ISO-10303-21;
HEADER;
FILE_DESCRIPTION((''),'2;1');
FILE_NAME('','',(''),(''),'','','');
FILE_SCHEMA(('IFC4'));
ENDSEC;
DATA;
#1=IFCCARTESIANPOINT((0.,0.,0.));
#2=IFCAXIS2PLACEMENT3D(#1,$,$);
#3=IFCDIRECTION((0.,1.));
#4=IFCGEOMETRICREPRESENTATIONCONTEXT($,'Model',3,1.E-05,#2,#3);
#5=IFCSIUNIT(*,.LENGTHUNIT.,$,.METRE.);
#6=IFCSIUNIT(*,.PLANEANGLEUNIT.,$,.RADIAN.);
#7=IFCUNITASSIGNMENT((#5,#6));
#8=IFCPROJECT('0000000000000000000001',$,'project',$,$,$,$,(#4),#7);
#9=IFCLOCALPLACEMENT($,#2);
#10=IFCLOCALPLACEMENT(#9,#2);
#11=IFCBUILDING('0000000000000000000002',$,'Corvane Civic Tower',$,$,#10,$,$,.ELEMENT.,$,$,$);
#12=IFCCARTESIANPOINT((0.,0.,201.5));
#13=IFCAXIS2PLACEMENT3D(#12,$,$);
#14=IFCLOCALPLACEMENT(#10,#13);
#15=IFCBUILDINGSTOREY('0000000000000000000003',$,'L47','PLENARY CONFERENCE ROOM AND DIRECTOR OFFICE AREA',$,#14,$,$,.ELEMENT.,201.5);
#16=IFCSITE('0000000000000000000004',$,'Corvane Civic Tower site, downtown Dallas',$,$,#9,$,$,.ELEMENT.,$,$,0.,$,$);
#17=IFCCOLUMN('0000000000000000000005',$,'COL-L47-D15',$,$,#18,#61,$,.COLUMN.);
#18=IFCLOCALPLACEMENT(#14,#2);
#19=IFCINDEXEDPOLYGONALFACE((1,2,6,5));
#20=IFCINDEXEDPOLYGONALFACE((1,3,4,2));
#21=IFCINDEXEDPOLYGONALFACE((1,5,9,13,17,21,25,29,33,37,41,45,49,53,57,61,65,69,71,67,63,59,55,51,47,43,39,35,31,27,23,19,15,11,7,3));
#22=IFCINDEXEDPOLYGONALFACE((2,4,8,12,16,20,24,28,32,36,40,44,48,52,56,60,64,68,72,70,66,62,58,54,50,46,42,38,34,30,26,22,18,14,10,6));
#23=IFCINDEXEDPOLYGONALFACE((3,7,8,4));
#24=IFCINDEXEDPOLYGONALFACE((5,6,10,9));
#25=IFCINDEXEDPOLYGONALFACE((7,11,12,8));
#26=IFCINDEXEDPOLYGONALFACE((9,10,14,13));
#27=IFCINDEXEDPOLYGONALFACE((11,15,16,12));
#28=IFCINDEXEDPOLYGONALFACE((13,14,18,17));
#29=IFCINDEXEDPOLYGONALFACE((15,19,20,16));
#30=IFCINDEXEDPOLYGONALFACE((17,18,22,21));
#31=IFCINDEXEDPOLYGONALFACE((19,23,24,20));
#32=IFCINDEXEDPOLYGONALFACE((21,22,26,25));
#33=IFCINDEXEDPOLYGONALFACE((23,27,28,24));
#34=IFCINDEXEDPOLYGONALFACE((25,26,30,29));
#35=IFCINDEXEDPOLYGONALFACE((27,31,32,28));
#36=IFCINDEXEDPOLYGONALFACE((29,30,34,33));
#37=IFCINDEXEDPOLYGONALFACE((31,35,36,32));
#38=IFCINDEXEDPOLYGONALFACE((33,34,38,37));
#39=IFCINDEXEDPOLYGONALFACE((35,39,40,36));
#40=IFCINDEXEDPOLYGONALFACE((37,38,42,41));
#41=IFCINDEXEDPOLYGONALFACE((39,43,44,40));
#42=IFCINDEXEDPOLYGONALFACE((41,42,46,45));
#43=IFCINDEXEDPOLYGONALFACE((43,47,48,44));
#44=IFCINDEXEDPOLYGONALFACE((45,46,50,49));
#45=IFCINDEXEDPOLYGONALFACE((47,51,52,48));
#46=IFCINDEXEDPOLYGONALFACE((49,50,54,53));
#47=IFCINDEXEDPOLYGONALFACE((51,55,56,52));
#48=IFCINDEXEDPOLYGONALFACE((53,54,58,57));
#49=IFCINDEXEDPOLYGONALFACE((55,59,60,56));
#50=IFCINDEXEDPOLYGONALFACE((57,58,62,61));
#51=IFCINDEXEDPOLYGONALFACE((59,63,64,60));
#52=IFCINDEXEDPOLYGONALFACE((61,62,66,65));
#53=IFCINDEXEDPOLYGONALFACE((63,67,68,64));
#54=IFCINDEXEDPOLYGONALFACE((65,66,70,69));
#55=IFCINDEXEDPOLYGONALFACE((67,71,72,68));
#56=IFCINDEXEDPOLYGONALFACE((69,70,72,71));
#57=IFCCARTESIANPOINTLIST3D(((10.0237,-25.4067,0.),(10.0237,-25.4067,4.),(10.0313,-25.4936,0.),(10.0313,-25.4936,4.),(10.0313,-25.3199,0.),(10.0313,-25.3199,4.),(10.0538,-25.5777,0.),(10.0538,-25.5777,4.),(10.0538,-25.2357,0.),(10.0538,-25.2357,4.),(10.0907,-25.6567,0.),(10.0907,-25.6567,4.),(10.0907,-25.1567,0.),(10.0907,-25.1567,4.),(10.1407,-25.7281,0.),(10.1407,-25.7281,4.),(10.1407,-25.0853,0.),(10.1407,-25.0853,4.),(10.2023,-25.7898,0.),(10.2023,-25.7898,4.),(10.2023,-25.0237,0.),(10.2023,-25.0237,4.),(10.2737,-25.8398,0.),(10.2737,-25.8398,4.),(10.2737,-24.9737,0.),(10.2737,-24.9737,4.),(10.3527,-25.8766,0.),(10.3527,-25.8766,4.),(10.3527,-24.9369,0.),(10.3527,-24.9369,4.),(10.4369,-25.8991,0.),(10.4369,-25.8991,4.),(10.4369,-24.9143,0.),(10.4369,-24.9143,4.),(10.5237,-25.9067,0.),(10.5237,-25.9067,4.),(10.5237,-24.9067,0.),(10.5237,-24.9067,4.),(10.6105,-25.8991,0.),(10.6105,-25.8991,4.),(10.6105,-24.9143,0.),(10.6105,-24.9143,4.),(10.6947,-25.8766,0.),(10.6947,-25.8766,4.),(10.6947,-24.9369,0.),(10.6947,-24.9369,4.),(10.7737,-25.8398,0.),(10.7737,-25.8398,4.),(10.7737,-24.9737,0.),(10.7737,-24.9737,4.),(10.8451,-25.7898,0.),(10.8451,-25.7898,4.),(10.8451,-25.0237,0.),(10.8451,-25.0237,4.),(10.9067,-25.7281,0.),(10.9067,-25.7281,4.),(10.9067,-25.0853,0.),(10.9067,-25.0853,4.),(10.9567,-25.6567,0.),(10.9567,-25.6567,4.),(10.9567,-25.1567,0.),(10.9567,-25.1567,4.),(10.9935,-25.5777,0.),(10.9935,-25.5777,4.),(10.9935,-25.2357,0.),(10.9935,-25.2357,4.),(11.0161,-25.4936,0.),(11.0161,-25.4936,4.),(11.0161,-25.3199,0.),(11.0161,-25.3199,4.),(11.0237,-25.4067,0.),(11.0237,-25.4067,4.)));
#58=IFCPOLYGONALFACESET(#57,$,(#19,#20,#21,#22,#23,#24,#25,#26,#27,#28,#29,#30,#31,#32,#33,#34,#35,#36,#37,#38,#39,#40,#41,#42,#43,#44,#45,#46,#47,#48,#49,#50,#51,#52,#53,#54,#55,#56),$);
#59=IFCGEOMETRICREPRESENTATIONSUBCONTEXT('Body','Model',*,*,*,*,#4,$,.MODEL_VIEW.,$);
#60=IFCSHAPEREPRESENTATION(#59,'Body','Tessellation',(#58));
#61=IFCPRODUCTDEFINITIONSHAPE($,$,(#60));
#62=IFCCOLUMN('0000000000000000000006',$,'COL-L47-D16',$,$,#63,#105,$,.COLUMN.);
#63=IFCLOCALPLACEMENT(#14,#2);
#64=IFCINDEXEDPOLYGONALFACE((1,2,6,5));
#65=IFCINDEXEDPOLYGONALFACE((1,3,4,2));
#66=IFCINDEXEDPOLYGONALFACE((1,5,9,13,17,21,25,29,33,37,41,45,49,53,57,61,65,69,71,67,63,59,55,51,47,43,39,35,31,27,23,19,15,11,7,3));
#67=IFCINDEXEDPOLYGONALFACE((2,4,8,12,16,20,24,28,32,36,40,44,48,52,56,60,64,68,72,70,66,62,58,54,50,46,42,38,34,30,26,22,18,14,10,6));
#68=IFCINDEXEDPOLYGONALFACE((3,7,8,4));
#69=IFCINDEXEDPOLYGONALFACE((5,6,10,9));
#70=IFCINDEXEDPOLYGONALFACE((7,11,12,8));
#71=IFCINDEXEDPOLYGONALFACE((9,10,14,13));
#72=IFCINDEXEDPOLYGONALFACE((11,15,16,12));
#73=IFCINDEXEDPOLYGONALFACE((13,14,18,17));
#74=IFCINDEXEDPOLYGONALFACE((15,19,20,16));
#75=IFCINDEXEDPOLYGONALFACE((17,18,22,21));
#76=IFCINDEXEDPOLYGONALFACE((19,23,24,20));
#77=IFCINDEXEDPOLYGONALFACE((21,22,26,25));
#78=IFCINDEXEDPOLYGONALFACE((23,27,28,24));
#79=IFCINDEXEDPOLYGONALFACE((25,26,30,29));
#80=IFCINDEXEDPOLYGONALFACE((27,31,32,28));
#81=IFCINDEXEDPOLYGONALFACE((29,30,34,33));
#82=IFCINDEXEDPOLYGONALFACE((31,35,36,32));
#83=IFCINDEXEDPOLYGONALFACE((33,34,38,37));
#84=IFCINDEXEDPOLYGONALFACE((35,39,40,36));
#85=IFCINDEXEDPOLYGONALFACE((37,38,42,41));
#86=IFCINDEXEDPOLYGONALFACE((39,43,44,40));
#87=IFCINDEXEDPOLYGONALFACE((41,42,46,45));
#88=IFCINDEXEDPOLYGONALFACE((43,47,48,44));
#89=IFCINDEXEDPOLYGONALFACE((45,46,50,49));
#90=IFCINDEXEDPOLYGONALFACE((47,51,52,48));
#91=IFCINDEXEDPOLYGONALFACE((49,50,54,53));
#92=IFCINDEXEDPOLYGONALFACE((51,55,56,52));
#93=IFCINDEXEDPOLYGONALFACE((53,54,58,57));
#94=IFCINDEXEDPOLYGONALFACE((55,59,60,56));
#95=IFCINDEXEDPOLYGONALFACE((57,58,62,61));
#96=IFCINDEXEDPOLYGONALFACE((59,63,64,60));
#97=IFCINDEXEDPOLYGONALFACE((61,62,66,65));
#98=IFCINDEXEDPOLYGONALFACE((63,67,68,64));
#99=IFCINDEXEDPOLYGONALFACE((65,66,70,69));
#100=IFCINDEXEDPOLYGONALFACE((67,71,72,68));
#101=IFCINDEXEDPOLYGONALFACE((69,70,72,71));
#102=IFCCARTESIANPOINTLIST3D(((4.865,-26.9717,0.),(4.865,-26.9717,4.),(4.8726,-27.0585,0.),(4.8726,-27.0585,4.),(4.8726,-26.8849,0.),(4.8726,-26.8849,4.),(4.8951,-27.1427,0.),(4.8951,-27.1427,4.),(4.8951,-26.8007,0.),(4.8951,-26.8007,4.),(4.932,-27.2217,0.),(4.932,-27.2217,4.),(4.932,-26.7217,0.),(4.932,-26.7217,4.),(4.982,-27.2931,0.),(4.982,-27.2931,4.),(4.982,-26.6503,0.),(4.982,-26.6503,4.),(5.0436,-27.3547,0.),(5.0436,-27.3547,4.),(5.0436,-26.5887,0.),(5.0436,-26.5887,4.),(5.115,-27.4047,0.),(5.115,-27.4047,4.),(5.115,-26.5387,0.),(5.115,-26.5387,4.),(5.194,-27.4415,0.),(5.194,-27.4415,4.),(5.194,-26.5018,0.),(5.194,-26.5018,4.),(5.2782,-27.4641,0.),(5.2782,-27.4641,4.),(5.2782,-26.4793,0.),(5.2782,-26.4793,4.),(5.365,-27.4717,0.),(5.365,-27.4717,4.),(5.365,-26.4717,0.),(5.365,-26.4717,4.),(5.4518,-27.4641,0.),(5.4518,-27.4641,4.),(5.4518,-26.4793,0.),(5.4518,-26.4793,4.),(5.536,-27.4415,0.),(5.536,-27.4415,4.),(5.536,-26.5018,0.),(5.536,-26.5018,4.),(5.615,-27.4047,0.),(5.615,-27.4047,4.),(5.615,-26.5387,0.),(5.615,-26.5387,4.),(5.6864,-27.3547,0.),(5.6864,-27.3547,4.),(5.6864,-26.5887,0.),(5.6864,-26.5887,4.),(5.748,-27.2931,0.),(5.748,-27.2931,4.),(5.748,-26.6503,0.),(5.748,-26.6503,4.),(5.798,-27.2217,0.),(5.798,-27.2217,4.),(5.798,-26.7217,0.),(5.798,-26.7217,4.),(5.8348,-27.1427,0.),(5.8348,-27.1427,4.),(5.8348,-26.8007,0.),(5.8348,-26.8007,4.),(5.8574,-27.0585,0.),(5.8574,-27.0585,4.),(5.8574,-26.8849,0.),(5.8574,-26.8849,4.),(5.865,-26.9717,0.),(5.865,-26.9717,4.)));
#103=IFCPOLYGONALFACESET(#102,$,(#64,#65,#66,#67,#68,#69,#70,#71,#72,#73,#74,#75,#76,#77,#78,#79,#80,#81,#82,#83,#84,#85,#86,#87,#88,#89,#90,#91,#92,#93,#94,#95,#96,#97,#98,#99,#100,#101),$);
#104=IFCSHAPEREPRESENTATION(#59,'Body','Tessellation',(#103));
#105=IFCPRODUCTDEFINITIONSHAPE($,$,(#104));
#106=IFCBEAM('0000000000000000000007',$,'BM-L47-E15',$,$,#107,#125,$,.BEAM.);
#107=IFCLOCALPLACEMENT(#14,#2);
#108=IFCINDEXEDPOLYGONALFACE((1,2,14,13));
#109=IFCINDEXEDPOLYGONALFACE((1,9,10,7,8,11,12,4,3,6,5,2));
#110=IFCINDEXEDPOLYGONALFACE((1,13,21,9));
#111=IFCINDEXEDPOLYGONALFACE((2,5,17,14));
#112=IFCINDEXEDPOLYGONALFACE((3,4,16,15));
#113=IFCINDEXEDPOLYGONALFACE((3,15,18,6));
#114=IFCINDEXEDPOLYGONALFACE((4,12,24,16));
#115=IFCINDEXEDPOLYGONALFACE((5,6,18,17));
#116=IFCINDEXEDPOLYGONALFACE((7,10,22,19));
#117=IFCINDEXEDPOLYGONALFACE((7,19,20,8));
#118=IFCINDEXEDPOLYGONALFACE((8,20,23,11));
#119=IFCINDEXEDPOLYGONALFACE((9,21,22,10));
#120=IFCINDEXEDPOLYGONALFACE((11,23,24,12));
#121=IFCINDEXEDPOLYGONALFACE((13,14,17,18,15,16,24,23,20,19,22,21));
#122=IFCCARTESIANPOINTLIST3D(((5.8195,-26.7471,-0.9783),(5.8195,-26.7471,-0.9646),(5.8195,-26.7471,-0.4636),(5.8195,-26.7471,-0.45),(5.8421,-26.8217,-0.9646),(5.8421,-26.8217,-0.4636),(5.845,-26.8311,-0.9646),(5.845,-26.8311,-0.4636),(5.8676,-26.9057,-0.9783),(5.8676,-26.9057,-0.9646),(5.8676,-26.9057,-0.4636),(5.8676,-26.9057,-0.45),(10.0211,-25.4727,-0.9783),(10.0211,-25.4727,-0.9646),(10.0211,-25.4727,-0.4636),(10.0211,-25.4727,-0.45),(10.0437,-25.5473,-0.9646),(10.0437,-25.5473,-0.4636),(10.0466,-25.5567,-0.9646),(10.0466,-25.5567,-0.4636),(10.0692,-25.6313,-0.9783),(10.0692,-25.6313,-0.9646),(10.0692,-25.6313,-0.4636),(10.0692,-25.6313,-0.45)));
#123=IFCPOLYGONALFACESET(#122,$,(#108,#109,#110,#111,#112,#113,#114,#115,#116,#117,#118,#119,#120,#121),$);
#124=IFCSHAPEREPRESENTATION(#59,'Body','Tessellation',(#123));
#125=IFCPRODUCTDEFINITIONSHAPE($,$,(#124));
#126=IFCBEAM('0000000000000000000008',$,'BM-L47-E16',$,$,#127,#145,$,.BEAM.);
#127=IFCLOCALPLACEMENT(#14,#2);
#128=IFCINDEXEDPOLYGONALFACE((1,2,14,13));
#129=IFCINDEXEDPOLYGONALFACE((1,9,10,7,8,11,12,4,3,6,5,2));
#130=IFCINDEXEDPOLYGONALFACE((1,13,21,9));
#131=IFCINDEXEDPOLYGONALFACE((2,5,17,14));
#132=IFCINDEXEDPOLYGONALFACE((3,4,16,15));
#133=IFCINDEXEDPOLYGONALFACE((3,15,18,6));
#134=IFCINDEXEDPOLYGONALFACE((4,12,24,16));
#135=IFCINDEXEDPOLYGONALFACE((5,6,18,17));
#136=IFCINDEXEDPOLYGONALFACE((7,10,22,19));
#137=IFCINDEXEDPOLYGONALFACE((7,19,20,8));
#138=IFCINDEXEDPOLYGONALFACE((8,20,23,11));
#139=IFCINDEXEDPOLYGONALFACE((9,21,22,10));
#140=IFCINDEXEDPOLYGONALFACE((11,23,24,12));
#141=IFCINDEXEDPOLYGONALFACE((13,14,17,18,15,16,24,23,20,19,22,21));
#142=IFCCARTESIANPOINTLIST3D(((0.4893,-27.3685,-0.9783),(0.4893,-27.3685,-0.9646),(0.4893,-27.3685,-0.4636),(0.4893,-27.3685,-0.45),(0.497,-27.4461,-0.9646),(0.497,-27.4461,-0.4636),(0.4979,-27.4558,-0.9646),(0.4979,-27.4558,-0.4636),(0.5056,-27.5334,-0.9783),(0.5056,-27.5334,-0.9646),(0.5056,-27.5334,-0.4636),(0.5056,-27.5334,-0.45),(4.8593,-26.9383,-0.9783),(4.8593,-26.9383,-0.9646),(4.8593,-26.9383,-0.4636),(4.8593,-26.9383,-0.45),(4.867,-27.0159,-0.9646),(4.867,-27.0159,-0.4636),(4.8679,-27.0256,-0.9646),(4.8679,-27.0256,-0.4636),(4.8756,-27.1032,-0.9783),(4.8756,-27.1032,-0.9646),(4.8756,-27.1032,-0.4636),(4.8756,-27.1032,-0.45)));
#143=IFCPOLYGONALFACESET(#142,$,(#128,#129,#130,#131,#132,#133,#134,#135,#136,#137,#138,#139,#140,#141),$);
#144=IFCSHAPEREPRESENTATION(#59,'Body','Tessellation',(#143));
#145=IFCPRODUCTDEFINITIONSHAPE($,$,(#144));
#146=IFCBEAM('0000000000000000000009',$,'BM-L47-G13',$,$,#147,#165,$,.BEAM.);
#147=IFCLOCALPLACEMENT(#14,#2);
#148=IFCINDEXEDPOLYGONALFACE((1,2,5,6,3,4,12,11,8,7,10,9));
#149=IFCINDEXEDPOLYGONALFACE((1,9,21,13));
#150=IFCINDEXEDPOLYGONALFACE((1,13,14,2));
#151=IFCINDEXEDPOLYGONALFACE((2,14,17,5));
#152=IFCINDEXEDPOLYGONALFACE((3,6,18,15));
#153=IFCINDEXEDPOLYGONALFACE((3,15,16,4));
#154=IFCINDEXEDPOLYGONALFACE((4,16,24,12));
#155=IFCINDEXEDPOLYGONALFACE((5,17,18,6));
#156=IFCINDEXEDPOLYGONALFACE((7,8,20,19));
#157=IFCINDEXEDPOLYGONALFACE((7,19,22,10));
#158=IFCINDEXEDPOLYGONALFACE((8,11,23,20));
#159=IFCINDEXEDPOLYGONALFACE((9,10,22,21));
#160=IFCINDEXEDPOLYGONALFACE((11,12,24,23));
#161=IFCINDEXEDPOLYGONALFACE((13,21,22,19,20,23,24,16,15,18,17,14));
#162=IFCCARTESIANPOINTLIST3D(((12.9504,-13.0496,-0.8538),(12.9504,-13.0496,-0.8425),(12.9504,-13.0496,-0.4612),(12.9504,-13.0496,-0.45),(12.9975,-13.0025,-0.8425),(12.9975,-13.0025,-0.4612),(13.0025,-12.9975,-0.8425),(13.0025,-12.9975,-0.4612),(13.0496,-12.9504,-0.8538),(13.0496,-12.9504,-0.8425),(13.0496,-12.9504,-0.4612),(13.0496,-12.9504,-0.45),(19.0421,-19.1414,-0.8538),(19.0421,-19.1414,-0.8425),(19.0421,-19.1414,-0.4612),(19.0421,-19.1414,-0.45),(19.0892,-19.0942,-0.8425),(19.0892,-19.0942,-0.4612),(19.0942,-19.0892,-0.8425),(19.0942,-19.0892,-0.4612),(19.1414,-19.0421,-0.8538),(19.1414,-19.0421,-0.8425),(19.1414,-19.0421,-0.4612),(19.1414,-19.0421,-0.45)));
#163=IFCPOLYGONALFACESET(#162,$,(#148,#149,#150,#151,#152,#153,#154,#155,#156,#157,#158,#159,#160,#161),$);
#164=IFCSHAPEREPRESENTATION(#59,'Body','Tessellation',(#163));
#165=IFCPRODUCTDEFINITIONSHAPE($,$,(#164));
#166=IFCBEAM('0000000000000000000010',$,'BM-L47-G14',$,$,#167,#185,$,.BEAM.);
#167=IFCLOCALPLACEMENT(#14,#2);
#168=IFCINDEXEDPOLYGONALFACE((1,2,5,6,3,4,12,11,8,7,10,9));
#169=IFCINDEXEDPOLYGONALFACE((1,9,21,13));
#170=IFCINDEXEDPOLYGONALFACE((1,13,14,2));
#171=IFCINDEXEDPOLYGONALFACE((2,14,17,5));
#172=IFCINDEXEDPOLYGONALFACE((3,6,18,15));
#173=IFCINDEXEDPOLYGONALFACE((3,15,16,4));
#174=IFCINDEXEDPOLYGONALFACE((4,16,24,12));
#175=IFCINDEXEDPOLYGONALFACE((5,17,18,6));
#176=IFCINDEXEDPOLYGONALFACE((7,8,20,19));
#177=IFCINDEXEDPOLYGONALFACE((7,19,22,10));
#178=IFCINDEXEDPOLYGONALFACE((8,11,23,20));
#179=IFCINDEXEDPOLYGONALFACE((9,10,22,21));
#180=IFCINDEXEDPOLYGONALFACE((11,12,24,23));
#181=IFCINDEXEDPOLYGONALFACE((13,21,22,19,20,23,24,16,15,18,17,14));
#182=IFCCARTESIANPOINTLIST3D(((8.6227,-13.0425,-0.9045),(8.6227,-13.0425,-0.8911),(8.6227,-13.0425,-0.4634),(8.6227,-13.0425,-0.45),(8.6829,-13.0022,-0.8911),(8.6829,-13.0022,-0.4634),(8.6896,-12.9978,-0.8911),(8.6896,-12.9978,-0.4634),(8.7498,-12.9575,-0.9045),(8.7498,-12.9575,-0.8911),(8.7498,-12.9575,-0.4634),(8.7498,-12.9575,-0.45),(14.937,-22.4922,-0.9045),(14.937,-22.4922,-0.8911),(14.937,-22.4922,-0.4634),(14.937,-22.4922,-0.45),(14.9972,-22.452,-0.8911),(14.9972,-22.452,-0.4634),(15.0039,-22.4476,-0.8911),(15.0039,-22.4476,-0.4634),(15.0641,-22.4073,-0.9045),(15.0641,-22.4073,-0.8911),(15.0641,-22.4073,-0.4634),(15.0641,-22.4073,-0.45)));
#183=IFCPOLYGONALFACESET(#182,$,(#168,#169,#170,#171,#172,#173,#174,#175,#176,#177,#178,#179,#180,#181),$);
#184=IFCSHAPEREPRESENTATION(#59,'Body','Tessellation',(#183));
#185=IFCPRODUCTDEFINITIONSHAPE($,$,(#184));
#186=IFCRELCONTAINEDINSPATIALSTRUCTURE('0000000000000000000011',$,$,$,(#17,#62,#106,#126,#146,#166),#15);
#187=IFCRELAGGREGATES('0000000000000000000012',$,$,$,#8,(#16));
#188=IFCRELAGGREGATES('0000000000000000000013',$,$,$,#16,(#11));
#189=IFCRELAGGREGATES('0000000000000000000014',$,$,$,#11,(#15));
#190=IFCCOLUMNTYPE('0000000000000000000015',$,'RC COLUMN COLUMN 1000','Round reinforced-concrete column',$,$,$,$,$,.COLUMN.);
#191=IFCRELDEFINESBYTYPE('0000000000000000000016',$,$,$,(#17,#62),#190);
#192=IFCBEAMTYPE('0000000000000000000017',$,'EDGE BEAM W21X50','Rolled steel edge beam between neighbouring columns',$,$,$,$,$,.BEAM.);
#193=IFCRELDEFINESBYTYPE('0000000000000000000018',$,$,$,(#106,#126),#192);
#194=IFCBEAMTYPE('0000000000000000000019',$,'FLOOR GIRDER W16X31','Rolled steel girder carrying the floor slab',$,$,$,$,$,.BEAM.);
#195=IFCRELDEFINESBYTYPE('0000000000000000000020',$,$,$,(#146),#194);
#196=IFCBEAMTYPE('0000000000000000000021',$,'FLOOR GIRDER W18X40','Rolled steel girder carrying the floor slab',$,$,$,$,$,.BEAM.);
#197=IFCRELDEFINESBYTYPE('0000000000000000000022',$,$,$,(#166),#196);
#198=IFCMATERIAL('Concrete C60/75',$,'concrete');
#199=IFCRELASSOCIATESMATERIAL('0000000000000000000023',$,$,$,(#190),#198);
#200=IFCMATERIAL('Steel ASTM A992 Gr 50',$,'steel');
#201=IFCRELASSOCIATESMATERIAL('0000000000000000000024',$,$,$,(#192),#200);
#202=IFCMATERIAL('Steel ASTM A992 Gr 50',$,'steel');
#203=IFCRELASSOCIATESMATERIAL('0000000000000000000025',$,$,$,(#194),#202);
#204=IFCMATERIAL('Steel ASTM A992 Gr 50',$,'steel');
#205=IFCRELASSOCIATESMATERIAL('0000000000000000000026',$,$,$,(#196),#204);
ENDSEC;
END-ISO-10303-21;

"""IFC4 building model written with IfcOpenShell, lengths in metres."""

from ifc_helpers import new_model, si_unit, direction, frame, origin, origin_2d, place, context, subcontext, project, spatial, circle, i_section, extrude, material, material_profile, profile_set, type_object, element, save


model = new_model("IFC4")

# Units and contexts
model_context = context("Model", 3, precision=1e-05, world=origin(), true_north=direction((0.0, 1.0)))
body_context = subcontext(model_context, "Body", "Model", "MODEL_VIEW")
ifc_project = project(units=[si_unit("LENGTHUNIT", "METRE"), si_unit("PLANEANGLEUNIT", "RADIAN")], contexts=[model_context])

# Site, building, storey
site_placement = place(None, origin())
site = spatial("IfcSite", under=ifc_project, at=site_placement, Name="Corvane Civic Tower site, downtown Dallas", CompositionType="ELEMENT", RefElevation=0.0)
building_placement = place(site_placement, origin())
building = spatial("IfcBuilding", under=site, at=building_placement, Name="Corvane Civic Tower", CompositionType="ELEMENT")
storey_placement = place(building_placement, frame((0.0, 0.0, 201.5)))
storey = spatial("IfcBuildingStorey", under=building, at=storey_placement, Name="L47", Description="PLENARY CONFERENCE ROOM AND DIRECTOR OFFICE AREA", CompositionType="ELEMENT", Elevation=201.5)

# Columns
ifc_material_1 = material(Name="Concrete C60/75", Category="concrete")
ifc_material_profile_1 = material_profile(ifc_material_1, circle(Radius=0.5, at=origin_2d()), Name="COLUMN 1000")
ifc_profile_set_1 = profile_set([ifc_material_profile_1], Name="Concrete C60/75")
column_type = type_object("IfcColumnType", Name="RC COLUMN COLUMN 1000", Description="Round reinforced-concrete column", PredefinedType="COLUMN", material=ifc_profile_set_1)
for number, where, z_axis, x_axis, name in (
    (1, (10.5237, -25.4067, 0.0), (0.0, 0.0, 1.0), (1.0, 0.0, 0.0), "COL-L47-D15"),
    (2, (5.365, -26.9717, 0.0), (0.0, 0.0, 1.0), (1.0, 0.0, 0.0), "COL-L47-D16"),
):
    element("IfcColumn", number, at=place(storey_placement, frame(where, z_axis=z_axis, x_axis=x_axis)), inside=storey, type_object=column_type, Name=name, PredefinedType="COLUMN", context=body_context, shape_type="SweptSolid", body=[
        extrude(circle(Radius=0.5, at=origin_2d()), origin(), (0.0, 0.0, 1.0), 4.0),
    ])

# Beams
ifc_material_2 = material(Name="Steel ASTM A992 Gr 50", Category="steel")
ifc_material_profile_2 = material_profile(ifc_material_2, i_section(OverallWidth=0.1658, OverallDepth=0.5283, WebThickness=0.0098, FlangeThickness=0.0137, at=origin_2d()), Name="W21X50")
ifc_profile_set_2 = profile_set([ifc_material_profile_2], Name="Steel ASTM A992 Gr 50")
beam_type_1 = type_object("IfcBeamType", Name="EDGE BEAM W21X50", Description="Rolled steel edge beam between neighbouring columns", PredefinedType="BEAM", material=ifc_profile_set_2)
beam_1_placement = place(storey_placement, frame((10.0452, -25.552, -0.7141), z_axis=(-0.95695, -0.290254, 0.0), x_axis=(0.290254, -0.95695, 0.0)))
element("IfcBeam", 3, at=beam_1_placement, inside=storey, type_object=beam_type_1, Name="BM-L47-E15", PredefinedType="BEAM", context=body_context, shape_type="SweptSolid", body=[
    extrude(i_section(OverallWidth=0.1658, OverallDepth=0.5283, WebThickness=0.0098, FlangeThickness=0.0137, at=origin_2d()), origin(), (0.0, 0.0, 1.0), 4.3906),
])
beam_2_placement = place(storey_placement, frame((4.8674, -27.0208, -0.7141), z_axis=(-0.99519, -0.097968, 0.0), x_axis=(0.097968, -0.99519, 0.0)))
element("IfcBeam", 4, at=beam_2_placement, inside=storey, type_object=beam_type_1, Name="BM-L47-E16", PredefinedType="BEAM", context=body_context, shape_type="SweptSolid", body=[
    extrude(i_section(OverallWidth=0.1658, OverallDepth=0.5283, WebThickness=0.0098, FlangeThickness=0.0137, at=origin_2d()), origin(), (0.0, 0.0, 1.0), 4.3911),
])
ifc_material_3 = material(Name="Steel ASTM A992 Gr 50", Category="steel")
ifc_material_profile_3 = material_profile(ifc_material_3, i_section(OverallWidth=0.1404, OverallDepth=0.4038, WebThickness=0.0071, FlangeThickness=0.0112, at=origin_2d()), Name="W16X31")
ifc_profile_set_3 = profile_set([ifc_material_profile_3], Name="Steel ASTM A992 Gr 50")
beam_type_2 = type_object("IfcBeamType", Name="FLOOR GIRDER W16X31", Description="Rolled steel girder carrying the floor slab", PredefinedType="BEAM", material=ifc_profile_set_3)
beam_3_placement = place(storey_placement, frame((13.0, -13.0, -0.6519), z_axis=(0.707107, -0.707107, 0.0), x_axis=(0.707107, 0.707107, 0.0)))
element("IfcBeam", 5, at=beam_3_placement, inside=storey, type_object=beam_type_2, Name="BM-L47-G13", PredefinedType="BEAM", context=body_context, shape_type="SweptSolid", body=[
    extrude(i_section(OverallWidth=0.1404, OverallDepth=0.4038, WebThickness=0.0071, FlangeThickness=0.0112, at=origin_2d()), origin(), (0.0, 0.0, 1.0), 8.615),
])
ifc_material_4 = material(Name="Steel ASTM A992 Gr 50", Category="steel")
ifc_material_profile_4 = material_profile(ifc_material_4, i_section(OverallWidth=0.1528, OverallDepth=0.4546, WebThickness=0.0081, FlangeThickness=0.0134, at=origin_2d()), Name="W18X40")
ifc_profile_set_4 = profile_set([ifc_material_profile_4], Name="Steel ASTM A992 Gr 50")
beam_type_3 = type_object("IfcBeamType", Name="FLOOR GIRDER W18X40", Description="Rolled steel girder carrying the floor slab", PredefinedType="BEAM", material=ifc_profile_set_4)
beam_4_placement = place(storey_placement, frame((8.6863, -13.0, -0.6772), z_axis=(0.555577, -0.831465, 0.0), x_axis=(0.831465, 0.555577, 0.0)))
element("IfcBeam", 6, at=beam_4_placement, inside=storey, type_object=beam_type_3, Name="BM-L47-G14", PredefinedType="BEAM", context=body_context, shape_type="SweptSolid", body=[
    extrude(i_section(OverallWidth=0.1528, OverallDepth=0.4546, WebThickness=0.0081, FlangeThickness=0.0134, at=origin_2d()), origin(), (0.0, 0.0, 1.0), 11.3652),
])

save(model, "model.ifc")
